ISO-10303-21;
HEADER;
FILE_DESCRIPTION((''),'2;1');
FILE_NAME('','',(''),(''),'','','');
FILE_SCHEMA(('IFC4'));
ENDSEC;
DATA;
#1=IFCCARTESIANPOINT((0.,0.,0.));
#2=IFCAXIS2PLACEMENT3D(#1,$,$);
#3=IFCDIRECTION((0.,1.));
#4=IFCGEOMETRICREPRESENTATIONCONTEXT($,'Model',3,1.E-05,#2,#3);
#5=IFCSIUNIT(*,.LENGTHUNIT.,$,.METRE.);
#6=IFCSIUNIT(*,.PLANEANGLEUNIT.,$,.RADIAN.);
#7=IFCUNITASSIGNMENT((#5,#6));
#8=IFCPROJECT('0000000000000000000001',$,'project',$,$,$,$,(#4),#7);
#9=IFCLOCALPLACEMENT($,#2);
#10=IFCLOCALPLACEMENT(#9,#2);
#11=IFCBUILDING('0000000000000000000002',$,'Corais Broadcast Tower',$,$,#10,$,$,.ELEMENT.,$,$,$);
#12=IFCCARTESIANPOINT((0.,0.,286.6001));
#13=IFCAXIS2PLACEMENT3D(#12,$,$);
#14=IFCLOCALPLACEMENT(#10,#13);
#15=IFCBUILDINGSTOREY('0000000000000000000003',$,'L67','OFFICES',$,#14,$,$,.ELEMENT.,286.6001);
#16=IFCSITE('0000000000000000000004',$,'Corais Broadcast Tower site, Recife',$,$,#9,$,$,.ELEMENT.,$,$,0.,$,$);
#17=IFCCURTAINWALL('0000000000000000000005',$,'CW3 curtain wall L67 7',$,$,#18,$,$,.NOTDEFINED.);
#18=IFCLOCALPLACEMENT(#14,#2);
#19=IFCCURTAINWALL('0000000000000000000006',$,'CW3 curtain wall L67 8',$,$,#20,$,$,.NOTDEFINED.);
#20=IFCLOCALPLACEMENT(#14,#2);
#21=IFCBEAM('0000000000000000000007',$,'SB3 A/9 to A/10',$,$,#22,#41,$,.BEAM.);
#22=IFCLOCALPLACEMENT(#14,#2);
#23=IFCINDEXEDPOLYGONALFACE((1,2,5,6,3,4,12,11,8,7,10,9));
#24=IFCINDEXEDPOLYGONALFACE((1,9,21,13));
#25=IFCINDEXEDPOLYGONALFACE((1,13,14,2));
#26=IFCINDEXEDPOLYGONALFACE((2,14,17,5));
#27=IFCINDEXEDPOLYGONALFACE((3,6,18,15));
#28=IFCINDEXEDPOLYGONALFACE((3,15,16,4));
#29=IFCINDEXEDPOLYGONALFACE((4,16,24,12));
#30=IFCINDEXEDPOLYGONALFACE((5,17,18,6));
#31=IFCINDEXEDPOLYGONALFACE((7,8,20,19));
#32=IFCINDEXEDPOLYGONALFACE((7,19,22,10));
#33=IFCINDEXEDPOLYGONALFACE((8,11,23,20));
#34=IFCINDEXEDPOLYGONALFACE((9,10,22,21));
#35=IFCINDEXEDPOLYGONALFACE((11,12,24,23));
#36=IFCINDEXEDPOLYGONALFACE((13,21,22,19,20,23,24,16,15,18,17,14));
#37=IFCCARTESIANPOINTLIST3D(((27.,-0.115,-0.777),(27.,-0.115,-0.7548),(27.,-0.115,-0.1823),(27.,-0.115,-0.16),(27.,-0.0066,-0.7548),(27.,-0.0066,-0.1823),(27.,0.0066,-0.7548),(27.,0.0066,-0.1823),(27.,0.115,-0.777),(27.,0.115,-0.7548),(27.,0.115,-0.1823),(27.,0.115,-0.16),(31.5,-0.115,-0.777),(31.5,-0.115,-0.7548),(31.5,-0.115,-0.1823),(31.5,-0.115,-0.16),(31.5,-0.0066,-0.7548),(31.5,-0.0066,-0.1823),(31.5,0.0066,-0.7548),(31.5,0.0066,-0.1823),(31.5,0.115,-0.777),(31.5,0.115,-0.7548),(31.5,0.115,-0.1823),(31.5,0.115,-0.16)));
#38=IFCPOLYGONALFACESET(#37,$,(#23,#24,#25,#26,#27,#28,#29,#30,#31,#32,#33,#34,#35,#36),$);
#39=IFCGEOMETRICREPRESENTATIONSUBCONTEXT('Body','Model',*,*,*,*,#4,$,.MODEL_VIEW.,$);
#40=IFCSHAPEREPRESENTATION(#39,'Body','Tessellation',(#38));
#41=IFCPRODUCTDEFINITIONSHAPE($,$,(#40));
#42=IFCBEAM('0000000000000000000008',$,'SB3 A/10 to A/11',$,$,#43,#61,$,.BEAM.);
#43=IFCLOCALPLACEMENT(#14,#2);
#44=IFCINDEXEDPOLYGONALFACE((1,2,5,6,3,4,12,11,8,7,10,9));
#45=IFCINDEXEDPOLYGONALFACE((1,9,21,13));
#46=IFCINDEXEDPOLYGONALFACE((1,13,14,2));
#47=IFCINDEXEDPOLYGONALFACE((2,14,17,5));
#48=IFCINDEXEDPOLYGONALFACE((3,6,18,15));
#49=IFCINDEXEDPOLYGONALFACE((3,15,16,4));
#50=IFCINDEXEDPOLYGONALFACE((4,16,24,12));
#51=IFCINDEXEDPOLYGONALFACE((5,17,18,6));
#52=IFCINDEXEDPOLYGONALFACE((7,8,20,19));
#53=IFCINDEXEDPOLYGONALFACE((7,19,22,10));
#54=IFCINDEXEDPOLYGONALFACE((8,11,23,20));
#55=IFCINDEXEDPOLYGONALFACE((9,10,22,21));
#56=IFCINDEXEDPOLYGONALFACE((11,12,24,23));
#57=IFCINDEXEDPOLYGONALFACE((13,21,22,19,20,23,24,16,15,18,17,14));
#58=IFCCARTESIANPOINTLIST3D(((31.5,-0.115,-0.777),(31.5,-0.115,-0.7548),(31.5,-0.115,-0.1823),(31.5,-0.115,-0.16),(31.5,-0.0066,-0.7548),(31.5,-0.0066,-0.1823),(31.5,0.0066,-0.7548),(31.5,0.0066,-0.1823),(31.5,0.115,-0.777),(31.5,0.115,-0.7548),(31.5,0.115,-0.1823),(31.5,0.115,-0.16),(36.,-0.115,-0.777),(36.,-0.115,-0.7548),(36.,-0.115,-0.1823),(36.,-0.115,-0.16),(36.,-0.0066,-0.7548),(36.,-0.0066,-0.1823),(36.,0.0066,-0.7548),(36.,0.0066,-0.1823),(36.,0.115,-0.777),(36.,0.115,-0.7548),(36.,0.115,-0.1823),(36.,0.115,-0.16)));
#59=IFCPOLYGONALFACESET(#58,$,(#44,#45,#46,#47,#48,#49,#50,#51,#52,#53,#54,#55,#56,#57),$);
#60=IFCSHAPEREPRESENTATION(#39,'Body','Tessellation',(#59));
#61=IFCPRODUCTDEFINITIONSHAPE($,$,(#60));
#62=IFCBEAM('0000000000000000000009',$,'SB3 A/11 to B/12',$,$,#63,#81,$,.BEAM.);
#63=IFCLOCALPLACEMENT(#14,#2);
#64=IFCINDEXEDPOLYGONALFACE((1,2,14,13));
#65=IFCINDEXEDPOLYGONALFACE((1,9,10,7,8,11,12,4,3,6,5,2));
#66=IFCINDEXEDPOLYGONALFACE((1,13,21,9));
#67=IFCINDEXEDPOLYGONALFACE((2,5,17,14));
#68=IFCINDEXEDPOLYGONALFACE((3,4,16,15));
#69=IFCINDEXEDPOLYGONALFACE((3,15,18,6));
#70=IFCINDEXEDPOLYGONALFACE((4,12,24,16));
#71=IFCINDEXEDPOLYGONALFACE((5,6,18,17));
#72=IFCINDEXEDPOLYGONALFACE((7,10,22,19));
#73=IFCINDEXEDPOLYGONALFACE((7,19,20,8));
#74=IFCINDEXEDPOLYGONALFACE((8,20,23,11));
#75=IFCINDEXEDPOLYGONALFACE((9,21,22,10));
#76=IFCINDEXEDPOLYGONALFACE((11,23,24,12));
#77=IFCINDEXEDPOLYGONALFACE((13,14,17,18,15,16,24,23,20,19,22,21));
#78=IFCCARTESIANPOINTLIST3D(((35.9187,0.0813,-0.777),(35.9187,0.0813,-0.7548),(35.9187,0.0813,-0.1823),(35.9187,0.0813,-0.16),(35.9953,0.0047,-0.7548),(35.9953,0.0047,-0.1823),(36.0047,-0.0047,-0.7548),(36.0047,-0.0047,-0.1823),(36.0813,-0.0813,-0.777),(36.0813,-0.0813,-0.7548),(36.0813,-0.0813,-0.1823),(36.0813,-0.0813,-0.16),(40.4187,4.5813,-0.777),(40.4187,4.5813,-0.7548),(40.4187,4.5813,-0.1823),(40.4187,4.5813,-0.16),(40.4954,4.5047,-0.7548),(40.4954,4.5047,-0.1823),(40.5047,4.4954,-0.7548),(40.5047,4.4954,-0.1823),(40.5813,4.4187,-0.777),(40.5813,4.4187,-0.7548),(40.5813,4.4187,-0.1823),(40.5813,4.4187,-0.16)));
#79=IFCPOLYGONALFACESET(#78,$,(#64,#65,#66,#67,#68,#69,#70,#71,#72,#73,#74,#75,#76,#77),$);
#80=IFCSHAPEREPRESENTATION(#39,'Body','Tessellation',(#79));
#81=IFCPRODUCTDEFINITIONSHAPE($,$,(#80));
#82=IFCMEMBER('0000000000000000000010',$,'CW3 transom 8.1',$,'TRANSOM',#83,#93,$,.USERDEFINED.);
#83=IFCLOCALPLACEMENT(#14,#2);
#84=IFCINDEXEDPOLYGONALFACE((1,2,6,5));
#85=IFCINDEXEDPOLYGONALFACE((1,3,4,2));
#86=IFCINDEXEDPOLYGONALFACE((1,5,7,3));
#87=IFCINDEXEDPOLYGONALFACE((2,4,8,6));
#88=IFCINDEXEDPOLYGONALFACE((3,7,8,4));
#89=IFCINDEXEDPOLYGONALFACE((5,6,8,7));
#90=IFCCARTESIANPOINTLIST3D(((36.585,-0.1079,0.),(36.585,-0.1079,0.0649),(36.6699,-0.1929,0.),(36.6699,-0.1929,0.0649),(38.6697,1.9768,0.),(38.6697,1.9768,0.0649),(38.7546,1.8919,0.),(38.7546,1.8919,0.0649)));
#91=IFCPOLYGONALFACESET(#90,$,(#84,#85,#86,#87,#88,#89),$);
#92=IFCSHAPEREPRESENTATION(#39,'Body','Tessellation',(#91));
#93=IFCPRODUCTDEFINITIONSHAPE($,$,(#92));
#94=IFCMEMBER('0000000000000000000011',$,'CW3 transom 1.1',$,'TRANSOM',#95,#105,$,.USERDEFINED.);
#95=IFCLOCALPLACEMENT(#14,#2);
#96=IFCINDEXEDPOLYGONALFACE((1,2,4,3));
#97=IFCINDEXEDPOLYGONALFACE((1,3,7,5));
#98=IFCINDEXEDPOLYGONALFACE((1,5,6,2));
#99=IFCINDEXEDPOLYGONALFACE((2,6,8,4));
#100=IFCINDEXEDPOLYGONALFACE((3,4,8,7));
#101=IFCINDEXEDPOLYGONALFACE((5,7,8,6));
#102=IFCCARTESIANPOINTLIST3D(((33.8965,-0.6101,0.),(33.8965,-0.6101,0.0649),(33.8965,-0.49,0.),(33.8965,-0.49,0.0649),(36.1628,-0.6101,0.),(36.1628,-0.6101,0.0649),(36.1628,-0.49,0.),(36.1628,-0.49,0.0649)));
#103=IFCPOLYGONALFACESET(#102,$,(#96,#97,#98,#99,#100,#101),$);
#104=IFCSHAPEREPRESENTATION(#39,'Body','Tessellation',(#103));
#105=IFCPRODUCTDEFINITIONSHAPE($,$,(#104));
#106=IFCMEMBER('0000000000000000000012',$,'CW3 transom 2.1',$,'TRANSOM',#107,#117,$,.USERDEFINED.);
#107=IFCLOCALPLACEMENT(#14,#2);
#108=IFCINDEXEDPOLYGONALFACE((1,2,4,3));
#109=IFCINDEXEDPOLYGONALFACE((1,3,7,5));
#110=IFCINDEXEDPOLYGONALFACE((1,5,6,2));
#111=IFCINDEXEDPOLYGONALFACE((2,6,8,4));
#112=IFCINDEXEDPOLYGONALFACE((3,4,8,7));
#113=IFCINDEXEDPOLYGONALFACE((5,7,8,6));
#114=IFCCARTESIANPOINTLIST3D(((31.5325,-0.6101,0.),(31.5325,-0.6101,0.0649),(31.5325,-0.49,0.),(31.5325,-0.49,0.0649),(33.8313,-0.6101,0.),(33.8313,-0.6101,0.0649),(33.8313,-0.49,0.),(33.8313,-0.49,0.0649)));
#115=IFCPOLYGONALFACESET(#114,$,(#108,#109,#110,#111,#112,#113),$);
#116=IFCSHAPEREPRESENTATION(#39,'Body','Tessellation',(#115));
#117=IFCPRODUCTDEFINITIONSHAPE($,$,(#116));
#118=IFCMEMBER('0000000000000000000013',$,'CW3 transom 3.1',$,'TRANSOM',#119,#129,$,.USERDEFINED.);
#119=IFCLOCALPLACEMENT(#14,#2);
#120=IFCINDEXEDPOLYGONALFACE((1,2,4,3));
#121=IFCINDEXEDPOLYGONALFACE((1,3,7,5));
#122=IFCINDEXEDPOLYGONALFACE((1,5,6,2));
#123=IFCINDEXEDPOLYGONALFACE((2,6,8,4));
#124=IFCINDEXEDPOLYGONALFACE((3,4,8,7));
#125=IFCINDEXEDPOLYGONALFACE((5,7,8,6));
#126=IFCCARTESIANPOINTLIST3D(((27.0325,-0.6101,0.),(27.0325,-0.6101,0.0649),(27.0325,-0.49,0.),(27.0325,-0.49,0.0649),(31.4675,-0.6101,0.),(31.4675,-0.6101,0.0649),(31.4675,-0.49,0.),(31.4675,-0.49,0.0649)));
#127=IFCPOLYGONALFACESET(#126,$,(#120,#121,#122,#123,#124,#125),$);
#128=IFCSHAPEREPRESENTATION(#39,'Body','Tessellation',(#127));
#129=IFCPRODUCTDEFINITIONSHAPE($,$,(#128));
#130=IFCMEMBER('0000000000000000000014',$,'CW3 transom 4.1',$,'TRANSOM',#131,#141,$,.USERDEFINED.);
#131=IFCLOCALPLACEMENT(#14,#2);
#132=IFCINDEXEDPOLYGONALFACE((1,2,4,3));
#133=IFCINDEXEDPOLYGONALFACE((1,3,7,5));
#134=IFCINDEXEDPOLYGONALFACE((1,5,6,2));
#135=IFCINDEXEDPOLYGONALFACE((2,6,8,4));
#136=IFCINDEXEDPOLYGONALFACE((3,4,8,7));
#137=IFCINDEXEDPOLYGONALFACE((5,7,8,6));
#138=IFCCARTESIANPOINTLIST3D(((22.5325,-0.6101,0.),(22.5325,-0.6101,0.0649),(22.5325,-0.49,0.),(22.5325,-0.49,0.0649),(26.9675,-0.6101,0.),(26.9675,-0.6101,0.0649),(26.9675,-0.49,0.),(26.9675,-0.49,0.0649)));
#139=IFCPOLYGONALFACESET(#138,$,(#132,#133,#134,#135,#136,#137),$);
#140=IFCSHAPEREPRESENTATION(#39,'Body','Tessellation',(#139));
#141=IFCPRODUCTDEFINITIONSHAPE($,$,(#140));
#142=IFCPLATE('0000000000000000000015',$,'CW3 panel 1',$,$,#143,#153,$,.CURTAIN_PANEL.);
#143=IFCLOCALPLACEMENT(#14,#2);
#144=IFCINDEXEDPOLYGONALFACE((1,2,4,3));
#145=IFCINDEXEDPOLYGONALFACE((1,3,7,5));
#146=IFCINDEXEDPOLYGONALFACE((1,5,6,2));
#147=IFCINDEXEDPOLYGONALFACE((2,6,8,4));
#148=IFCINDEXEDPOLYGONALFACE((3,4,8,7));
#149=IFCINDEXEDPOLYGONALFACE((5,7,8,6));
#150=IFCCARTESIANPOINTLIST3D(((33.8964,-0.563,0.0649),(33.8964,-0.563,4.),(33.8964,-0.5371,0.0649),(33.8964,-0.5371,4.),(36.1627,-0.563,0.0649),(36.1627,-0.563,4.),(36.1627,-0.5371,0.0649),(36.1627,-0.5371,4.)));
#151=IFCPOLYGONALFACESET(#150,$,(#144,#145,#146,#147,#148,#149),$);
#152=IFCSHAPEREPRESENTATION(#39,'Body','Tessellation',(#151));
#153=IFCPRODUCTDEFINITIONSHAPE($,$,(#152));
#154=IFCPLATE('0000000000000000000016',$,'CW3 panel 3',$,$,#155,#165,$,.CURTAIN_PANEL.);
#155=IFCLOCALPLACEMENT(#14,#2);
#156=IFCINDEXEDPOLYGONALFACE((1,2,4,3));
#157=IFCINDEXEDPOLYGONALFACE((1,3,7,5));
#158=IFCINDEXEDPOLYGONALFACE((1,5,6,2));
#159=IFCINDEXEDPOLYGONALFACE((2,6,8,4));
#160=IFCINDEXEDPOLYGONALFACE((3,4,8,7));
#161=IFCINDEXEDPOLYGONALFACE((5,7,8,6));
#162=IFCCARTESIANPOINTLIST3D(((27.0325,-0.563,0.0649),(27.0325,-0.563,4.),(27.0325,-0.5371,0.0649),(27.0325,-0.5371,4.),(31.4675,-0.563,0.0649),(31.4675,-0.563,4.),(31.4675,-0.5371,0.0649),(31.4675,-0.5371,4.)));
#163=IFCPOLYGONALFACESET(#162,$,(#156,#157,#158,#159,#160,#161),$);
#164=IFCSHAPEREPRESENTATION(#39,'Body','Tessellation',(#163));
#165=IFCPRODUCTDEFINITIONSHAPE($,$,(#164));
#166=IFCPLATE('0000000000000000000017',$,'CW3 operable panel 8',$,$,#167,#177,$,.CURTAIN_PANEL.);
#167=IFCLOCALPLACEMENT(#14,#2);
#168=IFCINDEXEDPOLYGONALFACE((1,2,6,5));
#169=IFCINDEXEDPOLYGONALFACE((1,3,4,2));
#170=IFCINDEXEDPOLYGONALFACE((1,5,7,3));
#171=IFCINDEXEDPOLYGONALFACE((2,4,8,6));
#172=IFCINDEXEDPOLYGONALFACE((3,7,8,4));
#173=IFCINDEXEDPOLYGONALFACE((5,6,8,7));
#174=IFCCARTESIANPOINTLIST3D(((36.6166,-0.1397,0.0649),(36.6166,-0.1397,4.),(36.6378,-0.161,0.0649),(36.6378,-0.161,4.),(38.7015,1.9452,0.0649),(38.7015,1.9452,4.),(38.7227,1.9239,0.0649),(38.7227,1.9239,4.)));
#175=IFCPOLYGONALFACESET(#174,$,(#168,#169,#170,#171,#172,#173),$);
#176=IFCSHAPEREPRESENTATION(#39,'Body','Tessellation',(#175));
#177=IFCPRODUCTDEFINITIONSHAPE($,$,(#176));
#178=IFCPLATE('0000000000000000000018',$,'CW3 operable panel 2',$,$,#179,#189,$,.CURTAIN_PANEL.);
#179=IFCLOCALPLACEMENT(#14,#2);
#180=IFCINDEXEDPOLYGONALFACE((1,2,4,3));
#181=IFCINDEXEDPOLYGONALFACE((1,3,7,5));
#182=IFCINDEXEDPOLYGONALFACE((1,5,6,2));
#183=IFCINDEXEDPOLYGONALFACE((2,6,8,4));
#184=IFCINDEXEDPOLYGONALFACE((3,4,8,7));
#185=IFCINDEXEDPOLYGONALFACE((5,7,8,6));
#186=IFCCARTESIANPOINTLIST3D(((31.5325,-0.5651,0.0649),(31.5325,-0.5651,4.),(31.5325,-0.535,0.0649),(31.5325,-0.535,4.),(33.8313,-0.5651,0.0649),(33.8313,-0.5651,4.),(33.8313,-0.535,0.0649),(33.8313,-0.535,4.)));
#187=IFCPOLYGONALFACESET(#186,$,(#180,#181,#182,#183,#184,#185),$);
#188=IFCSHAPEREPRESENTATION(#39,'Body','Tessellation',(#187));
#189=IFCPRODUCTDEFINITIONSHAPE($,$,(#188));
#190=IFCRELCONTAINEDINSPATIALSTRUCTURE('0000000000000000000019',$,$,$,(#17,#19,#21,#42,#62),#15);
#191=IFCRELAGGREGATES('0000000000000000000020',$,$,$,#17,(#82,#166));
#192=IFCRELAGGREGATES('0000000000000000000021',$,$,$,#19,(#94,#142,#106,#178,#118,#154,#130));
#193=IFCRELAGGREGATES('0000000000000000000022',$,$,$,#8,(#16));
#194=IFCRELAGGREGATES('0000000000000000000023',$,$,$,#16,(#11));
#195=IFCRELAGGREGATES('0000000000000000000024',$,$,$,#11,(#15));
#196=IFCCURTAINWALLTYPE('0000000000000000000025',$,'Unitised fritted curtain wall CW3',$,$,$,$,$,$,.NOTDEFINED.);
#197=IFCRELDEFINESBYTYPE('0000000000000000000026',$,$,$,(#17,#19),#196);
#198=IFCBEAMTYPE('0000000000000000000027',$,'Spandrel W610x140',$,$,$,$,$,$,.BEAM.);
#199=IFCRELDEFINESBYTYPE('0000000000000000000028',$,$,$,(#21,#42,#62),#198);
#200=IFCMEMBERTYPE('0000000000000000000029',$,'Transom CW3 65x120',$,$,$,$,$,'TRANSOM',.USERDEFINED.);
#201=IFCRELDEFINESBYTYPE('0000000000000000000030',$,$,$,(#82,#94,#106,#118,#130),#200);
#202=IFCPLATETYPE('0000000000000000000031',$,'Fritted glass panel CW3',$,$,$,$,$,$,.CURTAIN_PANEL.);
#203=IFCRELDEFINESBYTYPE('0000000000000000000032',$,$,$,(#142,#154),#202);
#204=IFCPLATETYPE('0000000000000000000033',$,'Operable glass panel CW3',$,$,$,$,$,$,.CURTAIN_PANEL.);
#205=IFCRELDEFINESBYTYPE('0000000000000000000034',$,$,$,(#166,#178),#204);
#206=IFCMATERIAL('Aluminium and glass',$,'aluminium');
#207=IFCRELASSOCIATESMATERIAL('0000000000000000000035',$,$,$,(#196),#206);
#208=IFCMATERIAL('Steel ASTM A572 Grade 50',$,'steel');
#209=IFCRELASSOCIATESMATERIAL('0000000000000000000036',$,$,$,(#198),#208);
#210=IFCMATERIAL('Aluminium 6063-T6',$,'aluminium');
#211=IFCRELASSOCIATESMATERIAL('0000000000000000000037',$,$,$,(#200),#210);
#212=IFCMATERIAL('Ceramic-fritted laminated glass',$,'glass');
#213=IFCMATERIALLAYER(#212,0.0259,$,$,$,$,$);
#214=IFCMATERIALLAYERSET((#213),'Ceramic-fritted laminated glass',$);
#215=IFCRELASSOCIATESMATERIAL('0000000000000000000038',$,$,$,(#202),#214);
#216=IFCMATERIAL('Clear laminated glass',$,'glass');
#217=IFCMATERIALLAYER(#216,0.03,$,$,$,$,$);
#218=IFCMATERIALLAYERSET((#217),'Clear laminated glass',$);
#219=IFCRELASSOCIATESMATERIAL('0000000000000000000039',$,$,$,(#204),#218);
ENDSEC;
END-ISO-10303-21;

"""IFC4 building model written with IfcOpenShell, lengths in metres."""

from ifc_helpers import new_model, si_unit, direction, frame, origin, origin_2d, place, context, subcontext, project, spatial, rectangle, i_section, extrude, material, layer, layer_set, material_profile, profile_set, type_object, element, aggregate, save


model = new_model("IFC4")

# Units and contexts
model_context = context("Model", 3, precision=1e-05, world=origin(), true_north=direction((0.0, 1.0)))
body_context = subcontext(model_context, "Body", "Model", "MODEL_VIEW")
ifc_project = project(units=[si_unit("LENGTHUNIT", "METRE"), si_unit("PLANEANGLEUNIT", "RADIAN")], contexts=[model_context])

# Site, building, storey
site_placement = place(None, origin())
site = spatial("IfcSite", under=ifc_project, at=site_placement, Name="Corais Broadcast Tower site, Recife", CompositionType="ELEMENT", RefElevation=0.0)
building_placement = place(site_placement, origin())
building = spatial("IfcBuilding", under=site, at=building_placement, Name="Corais Broadcast Tower", CompositionType="ELEMENT")
storey_placement = place(building_placement, frame((0.0, 0.0, 286.6001)))
storey = spatial("IfcBuildingStorey", under=building, at=storey_placement, Name="L67", Description="OFFICES", CompositionType="ELEMENT", Elevation=286.6001)

# Curtain walls
ifc_material_1 = material(Name="Aluminium and glass", Category="aluminium")
curtain_wall_type = type_object("IfcCurtainWallType", Name="Unitised fritted curtain wall CW3", PredefinedType="NOTDEFINED", material=ifc_material_1)
curtain_wall_1_placement = place(storey_placement, origin())
curtain_wall_1 = element("IfcCurtainWall", 1, at=curtain_wall_1_placement, inside=storey, type_object=curtain_wall_type, Name="CW3 curtain wall L67 7", PredefinedType="NOTDEFINED")
curtain_wall_2_placement = place(storey_placement, origin())
curtain_wall_2 = element("IfcCurtainWall", 2, at=curtain_wall_2_placement, inside=storey, type_object=curtain_wall_type, Name="CW3 curtain wall L67 8", PredefinedType="NOTDEFINED")

# Beams
ifc_material_2 = material(Name="Steel ASTM A572 Grade 50", Category="steel")
ifc_material_profile_1 = material_profile(ifc_material_2, i_section(OverallWidth=0.23, OverallDepth=0.6169, WebThickness=0.0132, FlangeThickness=0.0222, at=origin_2d()), Name="W610x140")
ifc_profile_set_1 = profile_set([ifc_material_profile_1], Name="Steel ASTM A572 Grade 50")
beam_type_1 = type_object("IfcBeamType", Name="Spandrel W610x140", PredefinedType="BEAM", material=ifc_profile_set_1)
for number, where, z_axis, x_axis, name in (
    (3, (27.0, 0.0, -0.4685), (1.0, 0.0, 0.0), (0.0, 1.0, 0.0), "SB3 A/9 to A/10"),
    (4, (31.5, 0.0, -0.4685), (1.0, 0.0, 0.0), (0.0, 1.0, 0.0), "SB3 A/10 to A/11"),
):
    element("IfcBeam", number, at=place(storey_placement, frame(where, z_axis=z_axis, x_axis=x_axis)), inside=storey, type_object=beam_type_1, Name=name, PredefinedType="BEAM", context=body_context, shape_type="SweptSolid", body=[
        extrude(i_section(OverallWidth=0.23, OverallDepth=0.6169, WebThickness=0.0132, FlangeThickness=0.0222, at=origin_2d()), origin(), (0.0, 0.0, 1.0), 4.5),
    ])
beam_placement = place(storey_placement, frame((36.0, 0.0, -0.4685), z_axis=(0.707107, 0.707107, 0.0), x_axis=(-0.707107, 0.707107, 0.0)))
element("IfcBeam", 5, at=beam_placement, inside=storey, type_object=beam_type_1, Name="SB3 A/11 to B/12", PredefinedType="BEAM", context=body_context, shape_type="SweptSolid", body=[
    extrude(i_section(OverallWidth=0.23, OverallDepth=0.6169, WebThickness=0.0132, FlangeThickness=0.0222, at=origin_2d()), origin(), (0.0, 0.0, 1.0), 6.364),
])

# Members
ifc_material_3 = material(Name="Aluminium 6063-T6", Category="aluminium")
ifc_material_profile_2 = material_profile(ifc_material_3, rectangle(XDim=0.1201, YDim=0.0649, at=origin_2d()), Name="Transom CW3 65x120")
ifc_profile_set_2 = profile_set([ifc_material_profile_2], Name="Aluminium 6063-T6")
member_type_1 = type_object("IfcMemberType", Name="Transom CW3 65x120", ElementType="TRANSOM", PredefinedType="USERDEFINED", material=ifc_profile_set_2)
member_1_placement = place(storey_placement, frame((38.7122, 1.9343, 0.0325), z_axis=(-0.707107, -0.707107, 0.0), x_axis=(0.707107, -0.707107, 0.0)))
member_1 = element("IfcMember", 6, at=member_1_placement, type_object=member_type_1, Name="CW3 transom 8.1", ObjectType="TRANSOM", PredefinedType="USERDEFINED", context=body_context, shape_type="SweptSolid", body=[
    extrude(rectangle(XDim=0.1201, YDim=0.0649, at=origin_2d()), origin(), (0.0, 0.0, 1.0), 2.9482),
])
member_2_placement = place(storey_placement, frame((36.1628, -0.55, 0.0325), z_axis=(-1.0, 0.0, 0.0), x_axis=(0.0, -1.0, 0.0)))
member_2 = element("IfcMember", 7, at=member_2_placement, type_object=member_type_1, Name="CW3 transom 1.1", ObjectType="TRANSOM", PredefinedType="USERDEFINED", context=body_context, shape_type="SweptSolid", body=[
    extrude(rectangle(XDim=0.1201, YDim=0.0649, at=origin_2d()), origin(), (0.0, 0.0, 1.0), 2.2664),
])
member_3_placement = place(storey_placement, frame((33.8313, -0.55, 0.0325), z_axis=(-1.0, 0.0, 0.0), x_axis=(0.0, -1.0, 0.0)))
member_3 = element("IfcMember", 8, at=member_3_placement, type_object=member_type_1, Name="CW3 transom 2.1", ObjectType="TRANSOM", PredefinedType="USERDEFINED", context=body_context, shape_type="SweptSolid", body=[
    extrude(rectangle(XDim=0.1201, YDim=0.0649, at=origin_2d()), origin(), (0.0, 0.0, 1.0), 2.2988),
])
member_4_placement = place(storey_placement, frame((31.4675, -0.55, 0.0325), z_axis=(-1.0, 0.0, 0.0), x_axis=(0.0, -1.0, 0.0)))
member_4 = element("IfcMember", 9, at=member_4_placement, type_object=member_type_1, Name="CW3 transom 3.1", ObjectType="TRANSOM", PredefinedType="USERDEFINED", context=body_context, shape_type="SweptSolid", body=[
    extrude(rectangle(XDim=0.1201, YDim=0.0649, at=origin_2d()), origin(), (0.0, 0.0, 1.0), 4.4351),
])
member_5_placement = place(storey_placement, frame((26.9675, -0.55, 0.0325), z_axis=(-1.0, 0.0, 0.0), x_axis=(0.0, -1.0, 0.0)))
member_5 = element("IfcMember", 10, at=member_5_placement, type_object=member_type_1, Name="CW3 transom 4.1", ObjectType="TRANSOM", PredefinedType="USERDEFINED", context=body_context, shape_type="SweptSolid", body=[
    extrude(rectangle(XDim=0.1201, YDim=0.0649, at=origin_2d()), origin(), (0.0, 0.0, 1.0), 4.4351),
])

# Plates
ifc_material_4 = material(Name="Ceramic-fritted laminated glass", Category="glass")
ifc_layer_1 = layer(ifc_material_4, 0.0259)
ifc_layer_set_1 = layer_set([ifc_layer_1], Name="Ceramic-fritted laminated glass")
plate_type_1 = type_object("IfcPlateType", Name="Fritted glass panel CW3", PredefinedType="CURTAIN_PANEL", material=ifc_layer_set_1)
plate_1_placement = place(storey_placement, frame((35.0295, -0.55, 0.0649), z_axis=(0.0, 0.0, 1.0), x_axis=(-1.0, 0.0, 0.0)))
plate_1 = element("IfcPlate", 11, at=plate_1_placement, type_object=plate_type_1, Name="CW3 panel 1", PredefinedType="CURTAIN_PANEL", context=body_context, shape_type="SweptSolid", body=[
    extrude(rectangle(XDim=2.2664, YDim=0.0259, at=origin_2d()), origin(), (0.0, 0.0, 1.0), 3.9351),
])
plate_2_placement = place(storey_placement, frame((29.25, -0.55, 0.0649), z_axis=(0.0, 0.0, 1.0), x_axis=(-1.0, 0.0, 0.0)))
plate_2 = element("IfcPlate", 12, at=plate_2_placement, type_object=plate_type_1, Name="CW3 panel 3", PredefinedType="CURTAIN_PANEL", context=body_context, shape_type="SweptSolid", body=[
    extrude(rectangle(XDim=4.4351, YDim=0.0259, at=origin_2d()), origin(), (0.0, 0.0, 1.0), 3.9351),
])
ifc_material_5 = material(Name="Clear laminated glass", Category="glass")
ifc_layer_2 = layer(ifc_material_5, 0.03)
ifc_layer_set_2 = layer_set([ifc_layer_2], Name="Clear laminated glass")
plate_type_2 = type_object("IfcPlateType", Name="Operable glass panel CW3", PredefinedType="CURTAIN_PANEL", material=ifc_layer_set_2)
plate_3_placement = place(storey_placement, frame((37.6697, 0.8921, 0.0649), z_axis=(0.0, 0.0, 1.0), x_axis=(-0.707107, -0.707107, 0.0)))
plate_3 = element("IfcPlate", 13, at=plate_3_placement, type_object=plate_type_2, Name="CW3 operable panel 8", PredefinedType="CURTAIN_PANEL", context=body_context, shape_type="SweptSolid", body=[
    extrude(rectangle(XDim=2.9485, YDim=0.03, at=origin_2d()), origin(), (0.0, 0.0, 1.0), 3.9351),
])
aggregate(curtain_wall_1, [member_1, plate_3])
plate_4_placement = place(storey_placement, frame((32.6819, -0.55, 0.0649), z_axis=(0.0, 0.0, 1.0), x_axis=(-1.0, 0.0, 0.0)))
plate_4 = element("IfcPlate", 14, at=plate_4_placement, type_object=plate_type_2, Name="CW3 operable panel 2", PredefinedType="CURTAIN_PANEL", context=body_context, shape_type="SweptSolid", body=[
    extrude(rectangle(XDim=2.2988, YDim=0.03, at=origin_2d()), origin(), (0.0, 0.0, 1.0), 3.9351),
])
aggregate(curtain_wall_2, [member_2, plate_1, member_3, plate_4, member_4, plate_2, member_5])

save(model, "model.ifc")
